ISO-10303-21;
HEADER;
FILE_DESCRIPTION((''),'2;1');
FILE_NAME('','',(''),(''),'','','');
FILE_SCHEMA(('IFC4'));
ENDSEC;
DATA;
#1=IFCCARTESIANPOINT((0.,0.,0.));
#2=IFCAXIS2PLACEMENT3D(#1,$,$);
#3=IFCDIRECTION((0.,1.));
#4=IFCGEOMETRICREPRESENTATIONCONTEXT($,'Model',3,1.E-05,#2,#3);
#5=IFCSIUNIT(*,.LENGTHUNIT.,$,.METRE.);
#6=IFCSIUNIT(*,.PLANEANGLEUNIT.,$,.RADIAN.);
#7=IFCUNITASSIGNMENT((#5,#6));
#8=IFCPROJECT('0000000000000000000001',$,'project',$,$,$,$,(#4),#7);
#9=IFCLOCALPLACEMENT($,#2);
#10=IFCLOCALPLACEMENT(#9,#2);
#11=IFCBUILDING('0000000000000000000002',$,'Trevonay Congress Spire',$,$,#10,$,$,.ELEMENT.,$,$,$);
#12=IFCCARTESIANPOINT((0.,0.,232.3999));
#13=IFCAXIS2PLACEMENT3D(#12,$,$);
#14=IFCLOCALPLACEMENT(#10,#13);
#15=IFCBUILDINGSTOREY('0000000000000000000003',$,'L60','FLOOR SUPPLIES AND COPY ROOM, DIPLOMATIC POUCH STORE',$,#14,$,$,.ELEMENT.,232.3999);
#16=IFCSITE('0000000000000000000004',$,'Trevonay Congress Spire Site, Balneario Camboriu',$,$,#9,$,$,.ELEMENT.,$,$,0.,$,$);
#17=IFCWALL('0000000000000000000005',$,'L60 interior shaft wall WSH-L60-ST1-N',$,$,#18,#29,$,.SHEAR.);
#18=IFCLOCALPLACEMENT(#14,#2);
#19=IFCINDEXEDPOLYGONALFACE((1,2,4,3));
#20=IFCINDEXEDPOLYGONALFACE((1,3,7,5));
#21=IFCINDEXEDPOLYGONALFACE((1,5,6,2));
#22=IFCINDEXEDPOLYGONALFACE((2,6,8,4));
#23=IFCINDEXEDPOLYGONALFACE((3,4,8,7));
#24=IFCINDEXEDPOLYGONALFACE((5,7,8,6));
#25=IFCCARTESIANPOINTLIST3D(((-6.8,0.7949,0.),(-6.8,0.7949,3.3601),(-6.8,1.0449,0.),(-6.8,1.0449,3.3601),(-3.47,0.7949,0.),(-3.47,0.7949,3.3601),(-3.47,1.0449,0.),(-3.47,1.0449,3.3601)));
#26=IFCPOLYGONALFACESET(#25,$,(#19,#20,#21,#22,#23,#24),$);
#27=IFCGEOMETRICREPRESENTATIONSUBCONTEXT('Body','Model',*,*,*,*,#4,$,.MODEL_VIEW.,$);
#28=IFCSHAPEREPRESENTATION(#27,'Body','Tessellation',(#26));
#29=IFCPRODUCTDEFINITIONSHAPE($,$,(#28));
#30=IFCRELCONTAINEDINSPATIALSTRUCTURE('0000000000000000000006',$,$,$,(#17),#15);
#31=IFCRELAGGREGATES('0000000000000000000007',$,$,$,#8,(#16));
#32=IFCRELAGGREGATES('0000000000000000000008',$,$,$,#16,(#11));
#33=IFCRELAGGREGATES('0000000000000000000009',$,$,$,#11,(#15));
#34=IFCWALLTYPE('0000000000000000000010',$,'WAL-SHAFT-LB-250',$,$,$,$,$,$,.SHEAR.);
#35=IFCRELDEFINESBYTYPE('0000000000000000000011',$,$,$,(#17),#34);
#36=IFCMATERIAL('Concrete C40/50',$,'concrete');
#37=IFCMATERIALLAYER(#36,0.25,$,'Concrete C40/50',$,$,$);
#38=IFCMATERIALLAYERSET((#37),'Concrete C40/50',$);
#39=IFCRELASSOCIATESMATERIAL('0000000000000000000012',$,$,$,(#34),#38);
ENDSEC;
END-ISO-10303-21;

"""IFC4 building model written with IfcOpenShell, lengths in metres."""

from ifc_helpers import new_model, si_unit, direction, frame, frame_2d, origin, place, context, subcontext, project, spatial, rectangle, extrude, material, layer, layer_set, type_object, element, save


model = new_model("IFC4")

# Units and contexts
model_context = context("Model", 3, precision=1e-05, world=origin(), true_north=direction((0.0, 1.0)))
body_context = subcontext(model_context, "Body", "Model", "MODEL_VIEW")
ifc_project = project(units=[si_unit("LENGTHUNIT", "METRE"), si_unit("PLANEANGLEUNIT", "RADIAN")], contexts=[model_context])

# Site, building, storey
site_placement = place(None, origin())
site = spatial("IfcSite", under=ifc_project, at=site_placement, Name="Trevonay Congress Spire Site, Balneario Camboriu", CompositionType="ELEMENT", RefElevation=0.0)
building_placement = place(site_placement, origin())
building = spatial("IfcBuilding", under=site, at=building_placement, Name="Trevonay Congress Spire", CompositionType="ELEMENT")
storey_placement = place(building_placement, frame((0.0, 0.0, 232.3999)))
storey = spatial("IfcBuildingStorey", under=building, at=storey_placement, Name="L60", Description="FLOOR SUPPLIES AND COPY ROOM, DIPLOMATIC POUCH STORE", CompositionType="ELEMENT", Elevation=232.3999)

# Shared definitions
ifc_material_1 = material(Name="Concrete C40/50", Category="concrete")

# Wall
ifc_layer_1 = layer(ifc_material_1, 0.25, Name="Concrete C40/50")
ifc_layer_set_1 = layer_set([ifc_layer_1], Name="Concrete C40/50")
wall_type_1 = type_object("IfcWallType", Name="WAL-SHAFT-LB-250", PredefinedType="SHEAR", material=ifc_layer_set_1)
wall_1_placement = place(storey_placement, frame((-6.8, 0.9199, 0.0), z_axis=(0.0, 0.0, 1.0), x_axis=(1.0, 0.0, 0.0)))
element("IfcWall", 1, at=wall_1_placement, inside=storey, type_object=wall_type_1, Name="L60 interior shaft wall WSH-L60-ST1-N", PredefinedType="SHEAR", context=body_context, shape_type="SweptSolid", body=[
    extrude(rectangle(XDim=3.3301, YDim=0.25, at=frame_2d((1.665, 0.0))), origin(), (0.0, 0.0, 1.0), 3.3601),
])

save(model, "model.ifc")
